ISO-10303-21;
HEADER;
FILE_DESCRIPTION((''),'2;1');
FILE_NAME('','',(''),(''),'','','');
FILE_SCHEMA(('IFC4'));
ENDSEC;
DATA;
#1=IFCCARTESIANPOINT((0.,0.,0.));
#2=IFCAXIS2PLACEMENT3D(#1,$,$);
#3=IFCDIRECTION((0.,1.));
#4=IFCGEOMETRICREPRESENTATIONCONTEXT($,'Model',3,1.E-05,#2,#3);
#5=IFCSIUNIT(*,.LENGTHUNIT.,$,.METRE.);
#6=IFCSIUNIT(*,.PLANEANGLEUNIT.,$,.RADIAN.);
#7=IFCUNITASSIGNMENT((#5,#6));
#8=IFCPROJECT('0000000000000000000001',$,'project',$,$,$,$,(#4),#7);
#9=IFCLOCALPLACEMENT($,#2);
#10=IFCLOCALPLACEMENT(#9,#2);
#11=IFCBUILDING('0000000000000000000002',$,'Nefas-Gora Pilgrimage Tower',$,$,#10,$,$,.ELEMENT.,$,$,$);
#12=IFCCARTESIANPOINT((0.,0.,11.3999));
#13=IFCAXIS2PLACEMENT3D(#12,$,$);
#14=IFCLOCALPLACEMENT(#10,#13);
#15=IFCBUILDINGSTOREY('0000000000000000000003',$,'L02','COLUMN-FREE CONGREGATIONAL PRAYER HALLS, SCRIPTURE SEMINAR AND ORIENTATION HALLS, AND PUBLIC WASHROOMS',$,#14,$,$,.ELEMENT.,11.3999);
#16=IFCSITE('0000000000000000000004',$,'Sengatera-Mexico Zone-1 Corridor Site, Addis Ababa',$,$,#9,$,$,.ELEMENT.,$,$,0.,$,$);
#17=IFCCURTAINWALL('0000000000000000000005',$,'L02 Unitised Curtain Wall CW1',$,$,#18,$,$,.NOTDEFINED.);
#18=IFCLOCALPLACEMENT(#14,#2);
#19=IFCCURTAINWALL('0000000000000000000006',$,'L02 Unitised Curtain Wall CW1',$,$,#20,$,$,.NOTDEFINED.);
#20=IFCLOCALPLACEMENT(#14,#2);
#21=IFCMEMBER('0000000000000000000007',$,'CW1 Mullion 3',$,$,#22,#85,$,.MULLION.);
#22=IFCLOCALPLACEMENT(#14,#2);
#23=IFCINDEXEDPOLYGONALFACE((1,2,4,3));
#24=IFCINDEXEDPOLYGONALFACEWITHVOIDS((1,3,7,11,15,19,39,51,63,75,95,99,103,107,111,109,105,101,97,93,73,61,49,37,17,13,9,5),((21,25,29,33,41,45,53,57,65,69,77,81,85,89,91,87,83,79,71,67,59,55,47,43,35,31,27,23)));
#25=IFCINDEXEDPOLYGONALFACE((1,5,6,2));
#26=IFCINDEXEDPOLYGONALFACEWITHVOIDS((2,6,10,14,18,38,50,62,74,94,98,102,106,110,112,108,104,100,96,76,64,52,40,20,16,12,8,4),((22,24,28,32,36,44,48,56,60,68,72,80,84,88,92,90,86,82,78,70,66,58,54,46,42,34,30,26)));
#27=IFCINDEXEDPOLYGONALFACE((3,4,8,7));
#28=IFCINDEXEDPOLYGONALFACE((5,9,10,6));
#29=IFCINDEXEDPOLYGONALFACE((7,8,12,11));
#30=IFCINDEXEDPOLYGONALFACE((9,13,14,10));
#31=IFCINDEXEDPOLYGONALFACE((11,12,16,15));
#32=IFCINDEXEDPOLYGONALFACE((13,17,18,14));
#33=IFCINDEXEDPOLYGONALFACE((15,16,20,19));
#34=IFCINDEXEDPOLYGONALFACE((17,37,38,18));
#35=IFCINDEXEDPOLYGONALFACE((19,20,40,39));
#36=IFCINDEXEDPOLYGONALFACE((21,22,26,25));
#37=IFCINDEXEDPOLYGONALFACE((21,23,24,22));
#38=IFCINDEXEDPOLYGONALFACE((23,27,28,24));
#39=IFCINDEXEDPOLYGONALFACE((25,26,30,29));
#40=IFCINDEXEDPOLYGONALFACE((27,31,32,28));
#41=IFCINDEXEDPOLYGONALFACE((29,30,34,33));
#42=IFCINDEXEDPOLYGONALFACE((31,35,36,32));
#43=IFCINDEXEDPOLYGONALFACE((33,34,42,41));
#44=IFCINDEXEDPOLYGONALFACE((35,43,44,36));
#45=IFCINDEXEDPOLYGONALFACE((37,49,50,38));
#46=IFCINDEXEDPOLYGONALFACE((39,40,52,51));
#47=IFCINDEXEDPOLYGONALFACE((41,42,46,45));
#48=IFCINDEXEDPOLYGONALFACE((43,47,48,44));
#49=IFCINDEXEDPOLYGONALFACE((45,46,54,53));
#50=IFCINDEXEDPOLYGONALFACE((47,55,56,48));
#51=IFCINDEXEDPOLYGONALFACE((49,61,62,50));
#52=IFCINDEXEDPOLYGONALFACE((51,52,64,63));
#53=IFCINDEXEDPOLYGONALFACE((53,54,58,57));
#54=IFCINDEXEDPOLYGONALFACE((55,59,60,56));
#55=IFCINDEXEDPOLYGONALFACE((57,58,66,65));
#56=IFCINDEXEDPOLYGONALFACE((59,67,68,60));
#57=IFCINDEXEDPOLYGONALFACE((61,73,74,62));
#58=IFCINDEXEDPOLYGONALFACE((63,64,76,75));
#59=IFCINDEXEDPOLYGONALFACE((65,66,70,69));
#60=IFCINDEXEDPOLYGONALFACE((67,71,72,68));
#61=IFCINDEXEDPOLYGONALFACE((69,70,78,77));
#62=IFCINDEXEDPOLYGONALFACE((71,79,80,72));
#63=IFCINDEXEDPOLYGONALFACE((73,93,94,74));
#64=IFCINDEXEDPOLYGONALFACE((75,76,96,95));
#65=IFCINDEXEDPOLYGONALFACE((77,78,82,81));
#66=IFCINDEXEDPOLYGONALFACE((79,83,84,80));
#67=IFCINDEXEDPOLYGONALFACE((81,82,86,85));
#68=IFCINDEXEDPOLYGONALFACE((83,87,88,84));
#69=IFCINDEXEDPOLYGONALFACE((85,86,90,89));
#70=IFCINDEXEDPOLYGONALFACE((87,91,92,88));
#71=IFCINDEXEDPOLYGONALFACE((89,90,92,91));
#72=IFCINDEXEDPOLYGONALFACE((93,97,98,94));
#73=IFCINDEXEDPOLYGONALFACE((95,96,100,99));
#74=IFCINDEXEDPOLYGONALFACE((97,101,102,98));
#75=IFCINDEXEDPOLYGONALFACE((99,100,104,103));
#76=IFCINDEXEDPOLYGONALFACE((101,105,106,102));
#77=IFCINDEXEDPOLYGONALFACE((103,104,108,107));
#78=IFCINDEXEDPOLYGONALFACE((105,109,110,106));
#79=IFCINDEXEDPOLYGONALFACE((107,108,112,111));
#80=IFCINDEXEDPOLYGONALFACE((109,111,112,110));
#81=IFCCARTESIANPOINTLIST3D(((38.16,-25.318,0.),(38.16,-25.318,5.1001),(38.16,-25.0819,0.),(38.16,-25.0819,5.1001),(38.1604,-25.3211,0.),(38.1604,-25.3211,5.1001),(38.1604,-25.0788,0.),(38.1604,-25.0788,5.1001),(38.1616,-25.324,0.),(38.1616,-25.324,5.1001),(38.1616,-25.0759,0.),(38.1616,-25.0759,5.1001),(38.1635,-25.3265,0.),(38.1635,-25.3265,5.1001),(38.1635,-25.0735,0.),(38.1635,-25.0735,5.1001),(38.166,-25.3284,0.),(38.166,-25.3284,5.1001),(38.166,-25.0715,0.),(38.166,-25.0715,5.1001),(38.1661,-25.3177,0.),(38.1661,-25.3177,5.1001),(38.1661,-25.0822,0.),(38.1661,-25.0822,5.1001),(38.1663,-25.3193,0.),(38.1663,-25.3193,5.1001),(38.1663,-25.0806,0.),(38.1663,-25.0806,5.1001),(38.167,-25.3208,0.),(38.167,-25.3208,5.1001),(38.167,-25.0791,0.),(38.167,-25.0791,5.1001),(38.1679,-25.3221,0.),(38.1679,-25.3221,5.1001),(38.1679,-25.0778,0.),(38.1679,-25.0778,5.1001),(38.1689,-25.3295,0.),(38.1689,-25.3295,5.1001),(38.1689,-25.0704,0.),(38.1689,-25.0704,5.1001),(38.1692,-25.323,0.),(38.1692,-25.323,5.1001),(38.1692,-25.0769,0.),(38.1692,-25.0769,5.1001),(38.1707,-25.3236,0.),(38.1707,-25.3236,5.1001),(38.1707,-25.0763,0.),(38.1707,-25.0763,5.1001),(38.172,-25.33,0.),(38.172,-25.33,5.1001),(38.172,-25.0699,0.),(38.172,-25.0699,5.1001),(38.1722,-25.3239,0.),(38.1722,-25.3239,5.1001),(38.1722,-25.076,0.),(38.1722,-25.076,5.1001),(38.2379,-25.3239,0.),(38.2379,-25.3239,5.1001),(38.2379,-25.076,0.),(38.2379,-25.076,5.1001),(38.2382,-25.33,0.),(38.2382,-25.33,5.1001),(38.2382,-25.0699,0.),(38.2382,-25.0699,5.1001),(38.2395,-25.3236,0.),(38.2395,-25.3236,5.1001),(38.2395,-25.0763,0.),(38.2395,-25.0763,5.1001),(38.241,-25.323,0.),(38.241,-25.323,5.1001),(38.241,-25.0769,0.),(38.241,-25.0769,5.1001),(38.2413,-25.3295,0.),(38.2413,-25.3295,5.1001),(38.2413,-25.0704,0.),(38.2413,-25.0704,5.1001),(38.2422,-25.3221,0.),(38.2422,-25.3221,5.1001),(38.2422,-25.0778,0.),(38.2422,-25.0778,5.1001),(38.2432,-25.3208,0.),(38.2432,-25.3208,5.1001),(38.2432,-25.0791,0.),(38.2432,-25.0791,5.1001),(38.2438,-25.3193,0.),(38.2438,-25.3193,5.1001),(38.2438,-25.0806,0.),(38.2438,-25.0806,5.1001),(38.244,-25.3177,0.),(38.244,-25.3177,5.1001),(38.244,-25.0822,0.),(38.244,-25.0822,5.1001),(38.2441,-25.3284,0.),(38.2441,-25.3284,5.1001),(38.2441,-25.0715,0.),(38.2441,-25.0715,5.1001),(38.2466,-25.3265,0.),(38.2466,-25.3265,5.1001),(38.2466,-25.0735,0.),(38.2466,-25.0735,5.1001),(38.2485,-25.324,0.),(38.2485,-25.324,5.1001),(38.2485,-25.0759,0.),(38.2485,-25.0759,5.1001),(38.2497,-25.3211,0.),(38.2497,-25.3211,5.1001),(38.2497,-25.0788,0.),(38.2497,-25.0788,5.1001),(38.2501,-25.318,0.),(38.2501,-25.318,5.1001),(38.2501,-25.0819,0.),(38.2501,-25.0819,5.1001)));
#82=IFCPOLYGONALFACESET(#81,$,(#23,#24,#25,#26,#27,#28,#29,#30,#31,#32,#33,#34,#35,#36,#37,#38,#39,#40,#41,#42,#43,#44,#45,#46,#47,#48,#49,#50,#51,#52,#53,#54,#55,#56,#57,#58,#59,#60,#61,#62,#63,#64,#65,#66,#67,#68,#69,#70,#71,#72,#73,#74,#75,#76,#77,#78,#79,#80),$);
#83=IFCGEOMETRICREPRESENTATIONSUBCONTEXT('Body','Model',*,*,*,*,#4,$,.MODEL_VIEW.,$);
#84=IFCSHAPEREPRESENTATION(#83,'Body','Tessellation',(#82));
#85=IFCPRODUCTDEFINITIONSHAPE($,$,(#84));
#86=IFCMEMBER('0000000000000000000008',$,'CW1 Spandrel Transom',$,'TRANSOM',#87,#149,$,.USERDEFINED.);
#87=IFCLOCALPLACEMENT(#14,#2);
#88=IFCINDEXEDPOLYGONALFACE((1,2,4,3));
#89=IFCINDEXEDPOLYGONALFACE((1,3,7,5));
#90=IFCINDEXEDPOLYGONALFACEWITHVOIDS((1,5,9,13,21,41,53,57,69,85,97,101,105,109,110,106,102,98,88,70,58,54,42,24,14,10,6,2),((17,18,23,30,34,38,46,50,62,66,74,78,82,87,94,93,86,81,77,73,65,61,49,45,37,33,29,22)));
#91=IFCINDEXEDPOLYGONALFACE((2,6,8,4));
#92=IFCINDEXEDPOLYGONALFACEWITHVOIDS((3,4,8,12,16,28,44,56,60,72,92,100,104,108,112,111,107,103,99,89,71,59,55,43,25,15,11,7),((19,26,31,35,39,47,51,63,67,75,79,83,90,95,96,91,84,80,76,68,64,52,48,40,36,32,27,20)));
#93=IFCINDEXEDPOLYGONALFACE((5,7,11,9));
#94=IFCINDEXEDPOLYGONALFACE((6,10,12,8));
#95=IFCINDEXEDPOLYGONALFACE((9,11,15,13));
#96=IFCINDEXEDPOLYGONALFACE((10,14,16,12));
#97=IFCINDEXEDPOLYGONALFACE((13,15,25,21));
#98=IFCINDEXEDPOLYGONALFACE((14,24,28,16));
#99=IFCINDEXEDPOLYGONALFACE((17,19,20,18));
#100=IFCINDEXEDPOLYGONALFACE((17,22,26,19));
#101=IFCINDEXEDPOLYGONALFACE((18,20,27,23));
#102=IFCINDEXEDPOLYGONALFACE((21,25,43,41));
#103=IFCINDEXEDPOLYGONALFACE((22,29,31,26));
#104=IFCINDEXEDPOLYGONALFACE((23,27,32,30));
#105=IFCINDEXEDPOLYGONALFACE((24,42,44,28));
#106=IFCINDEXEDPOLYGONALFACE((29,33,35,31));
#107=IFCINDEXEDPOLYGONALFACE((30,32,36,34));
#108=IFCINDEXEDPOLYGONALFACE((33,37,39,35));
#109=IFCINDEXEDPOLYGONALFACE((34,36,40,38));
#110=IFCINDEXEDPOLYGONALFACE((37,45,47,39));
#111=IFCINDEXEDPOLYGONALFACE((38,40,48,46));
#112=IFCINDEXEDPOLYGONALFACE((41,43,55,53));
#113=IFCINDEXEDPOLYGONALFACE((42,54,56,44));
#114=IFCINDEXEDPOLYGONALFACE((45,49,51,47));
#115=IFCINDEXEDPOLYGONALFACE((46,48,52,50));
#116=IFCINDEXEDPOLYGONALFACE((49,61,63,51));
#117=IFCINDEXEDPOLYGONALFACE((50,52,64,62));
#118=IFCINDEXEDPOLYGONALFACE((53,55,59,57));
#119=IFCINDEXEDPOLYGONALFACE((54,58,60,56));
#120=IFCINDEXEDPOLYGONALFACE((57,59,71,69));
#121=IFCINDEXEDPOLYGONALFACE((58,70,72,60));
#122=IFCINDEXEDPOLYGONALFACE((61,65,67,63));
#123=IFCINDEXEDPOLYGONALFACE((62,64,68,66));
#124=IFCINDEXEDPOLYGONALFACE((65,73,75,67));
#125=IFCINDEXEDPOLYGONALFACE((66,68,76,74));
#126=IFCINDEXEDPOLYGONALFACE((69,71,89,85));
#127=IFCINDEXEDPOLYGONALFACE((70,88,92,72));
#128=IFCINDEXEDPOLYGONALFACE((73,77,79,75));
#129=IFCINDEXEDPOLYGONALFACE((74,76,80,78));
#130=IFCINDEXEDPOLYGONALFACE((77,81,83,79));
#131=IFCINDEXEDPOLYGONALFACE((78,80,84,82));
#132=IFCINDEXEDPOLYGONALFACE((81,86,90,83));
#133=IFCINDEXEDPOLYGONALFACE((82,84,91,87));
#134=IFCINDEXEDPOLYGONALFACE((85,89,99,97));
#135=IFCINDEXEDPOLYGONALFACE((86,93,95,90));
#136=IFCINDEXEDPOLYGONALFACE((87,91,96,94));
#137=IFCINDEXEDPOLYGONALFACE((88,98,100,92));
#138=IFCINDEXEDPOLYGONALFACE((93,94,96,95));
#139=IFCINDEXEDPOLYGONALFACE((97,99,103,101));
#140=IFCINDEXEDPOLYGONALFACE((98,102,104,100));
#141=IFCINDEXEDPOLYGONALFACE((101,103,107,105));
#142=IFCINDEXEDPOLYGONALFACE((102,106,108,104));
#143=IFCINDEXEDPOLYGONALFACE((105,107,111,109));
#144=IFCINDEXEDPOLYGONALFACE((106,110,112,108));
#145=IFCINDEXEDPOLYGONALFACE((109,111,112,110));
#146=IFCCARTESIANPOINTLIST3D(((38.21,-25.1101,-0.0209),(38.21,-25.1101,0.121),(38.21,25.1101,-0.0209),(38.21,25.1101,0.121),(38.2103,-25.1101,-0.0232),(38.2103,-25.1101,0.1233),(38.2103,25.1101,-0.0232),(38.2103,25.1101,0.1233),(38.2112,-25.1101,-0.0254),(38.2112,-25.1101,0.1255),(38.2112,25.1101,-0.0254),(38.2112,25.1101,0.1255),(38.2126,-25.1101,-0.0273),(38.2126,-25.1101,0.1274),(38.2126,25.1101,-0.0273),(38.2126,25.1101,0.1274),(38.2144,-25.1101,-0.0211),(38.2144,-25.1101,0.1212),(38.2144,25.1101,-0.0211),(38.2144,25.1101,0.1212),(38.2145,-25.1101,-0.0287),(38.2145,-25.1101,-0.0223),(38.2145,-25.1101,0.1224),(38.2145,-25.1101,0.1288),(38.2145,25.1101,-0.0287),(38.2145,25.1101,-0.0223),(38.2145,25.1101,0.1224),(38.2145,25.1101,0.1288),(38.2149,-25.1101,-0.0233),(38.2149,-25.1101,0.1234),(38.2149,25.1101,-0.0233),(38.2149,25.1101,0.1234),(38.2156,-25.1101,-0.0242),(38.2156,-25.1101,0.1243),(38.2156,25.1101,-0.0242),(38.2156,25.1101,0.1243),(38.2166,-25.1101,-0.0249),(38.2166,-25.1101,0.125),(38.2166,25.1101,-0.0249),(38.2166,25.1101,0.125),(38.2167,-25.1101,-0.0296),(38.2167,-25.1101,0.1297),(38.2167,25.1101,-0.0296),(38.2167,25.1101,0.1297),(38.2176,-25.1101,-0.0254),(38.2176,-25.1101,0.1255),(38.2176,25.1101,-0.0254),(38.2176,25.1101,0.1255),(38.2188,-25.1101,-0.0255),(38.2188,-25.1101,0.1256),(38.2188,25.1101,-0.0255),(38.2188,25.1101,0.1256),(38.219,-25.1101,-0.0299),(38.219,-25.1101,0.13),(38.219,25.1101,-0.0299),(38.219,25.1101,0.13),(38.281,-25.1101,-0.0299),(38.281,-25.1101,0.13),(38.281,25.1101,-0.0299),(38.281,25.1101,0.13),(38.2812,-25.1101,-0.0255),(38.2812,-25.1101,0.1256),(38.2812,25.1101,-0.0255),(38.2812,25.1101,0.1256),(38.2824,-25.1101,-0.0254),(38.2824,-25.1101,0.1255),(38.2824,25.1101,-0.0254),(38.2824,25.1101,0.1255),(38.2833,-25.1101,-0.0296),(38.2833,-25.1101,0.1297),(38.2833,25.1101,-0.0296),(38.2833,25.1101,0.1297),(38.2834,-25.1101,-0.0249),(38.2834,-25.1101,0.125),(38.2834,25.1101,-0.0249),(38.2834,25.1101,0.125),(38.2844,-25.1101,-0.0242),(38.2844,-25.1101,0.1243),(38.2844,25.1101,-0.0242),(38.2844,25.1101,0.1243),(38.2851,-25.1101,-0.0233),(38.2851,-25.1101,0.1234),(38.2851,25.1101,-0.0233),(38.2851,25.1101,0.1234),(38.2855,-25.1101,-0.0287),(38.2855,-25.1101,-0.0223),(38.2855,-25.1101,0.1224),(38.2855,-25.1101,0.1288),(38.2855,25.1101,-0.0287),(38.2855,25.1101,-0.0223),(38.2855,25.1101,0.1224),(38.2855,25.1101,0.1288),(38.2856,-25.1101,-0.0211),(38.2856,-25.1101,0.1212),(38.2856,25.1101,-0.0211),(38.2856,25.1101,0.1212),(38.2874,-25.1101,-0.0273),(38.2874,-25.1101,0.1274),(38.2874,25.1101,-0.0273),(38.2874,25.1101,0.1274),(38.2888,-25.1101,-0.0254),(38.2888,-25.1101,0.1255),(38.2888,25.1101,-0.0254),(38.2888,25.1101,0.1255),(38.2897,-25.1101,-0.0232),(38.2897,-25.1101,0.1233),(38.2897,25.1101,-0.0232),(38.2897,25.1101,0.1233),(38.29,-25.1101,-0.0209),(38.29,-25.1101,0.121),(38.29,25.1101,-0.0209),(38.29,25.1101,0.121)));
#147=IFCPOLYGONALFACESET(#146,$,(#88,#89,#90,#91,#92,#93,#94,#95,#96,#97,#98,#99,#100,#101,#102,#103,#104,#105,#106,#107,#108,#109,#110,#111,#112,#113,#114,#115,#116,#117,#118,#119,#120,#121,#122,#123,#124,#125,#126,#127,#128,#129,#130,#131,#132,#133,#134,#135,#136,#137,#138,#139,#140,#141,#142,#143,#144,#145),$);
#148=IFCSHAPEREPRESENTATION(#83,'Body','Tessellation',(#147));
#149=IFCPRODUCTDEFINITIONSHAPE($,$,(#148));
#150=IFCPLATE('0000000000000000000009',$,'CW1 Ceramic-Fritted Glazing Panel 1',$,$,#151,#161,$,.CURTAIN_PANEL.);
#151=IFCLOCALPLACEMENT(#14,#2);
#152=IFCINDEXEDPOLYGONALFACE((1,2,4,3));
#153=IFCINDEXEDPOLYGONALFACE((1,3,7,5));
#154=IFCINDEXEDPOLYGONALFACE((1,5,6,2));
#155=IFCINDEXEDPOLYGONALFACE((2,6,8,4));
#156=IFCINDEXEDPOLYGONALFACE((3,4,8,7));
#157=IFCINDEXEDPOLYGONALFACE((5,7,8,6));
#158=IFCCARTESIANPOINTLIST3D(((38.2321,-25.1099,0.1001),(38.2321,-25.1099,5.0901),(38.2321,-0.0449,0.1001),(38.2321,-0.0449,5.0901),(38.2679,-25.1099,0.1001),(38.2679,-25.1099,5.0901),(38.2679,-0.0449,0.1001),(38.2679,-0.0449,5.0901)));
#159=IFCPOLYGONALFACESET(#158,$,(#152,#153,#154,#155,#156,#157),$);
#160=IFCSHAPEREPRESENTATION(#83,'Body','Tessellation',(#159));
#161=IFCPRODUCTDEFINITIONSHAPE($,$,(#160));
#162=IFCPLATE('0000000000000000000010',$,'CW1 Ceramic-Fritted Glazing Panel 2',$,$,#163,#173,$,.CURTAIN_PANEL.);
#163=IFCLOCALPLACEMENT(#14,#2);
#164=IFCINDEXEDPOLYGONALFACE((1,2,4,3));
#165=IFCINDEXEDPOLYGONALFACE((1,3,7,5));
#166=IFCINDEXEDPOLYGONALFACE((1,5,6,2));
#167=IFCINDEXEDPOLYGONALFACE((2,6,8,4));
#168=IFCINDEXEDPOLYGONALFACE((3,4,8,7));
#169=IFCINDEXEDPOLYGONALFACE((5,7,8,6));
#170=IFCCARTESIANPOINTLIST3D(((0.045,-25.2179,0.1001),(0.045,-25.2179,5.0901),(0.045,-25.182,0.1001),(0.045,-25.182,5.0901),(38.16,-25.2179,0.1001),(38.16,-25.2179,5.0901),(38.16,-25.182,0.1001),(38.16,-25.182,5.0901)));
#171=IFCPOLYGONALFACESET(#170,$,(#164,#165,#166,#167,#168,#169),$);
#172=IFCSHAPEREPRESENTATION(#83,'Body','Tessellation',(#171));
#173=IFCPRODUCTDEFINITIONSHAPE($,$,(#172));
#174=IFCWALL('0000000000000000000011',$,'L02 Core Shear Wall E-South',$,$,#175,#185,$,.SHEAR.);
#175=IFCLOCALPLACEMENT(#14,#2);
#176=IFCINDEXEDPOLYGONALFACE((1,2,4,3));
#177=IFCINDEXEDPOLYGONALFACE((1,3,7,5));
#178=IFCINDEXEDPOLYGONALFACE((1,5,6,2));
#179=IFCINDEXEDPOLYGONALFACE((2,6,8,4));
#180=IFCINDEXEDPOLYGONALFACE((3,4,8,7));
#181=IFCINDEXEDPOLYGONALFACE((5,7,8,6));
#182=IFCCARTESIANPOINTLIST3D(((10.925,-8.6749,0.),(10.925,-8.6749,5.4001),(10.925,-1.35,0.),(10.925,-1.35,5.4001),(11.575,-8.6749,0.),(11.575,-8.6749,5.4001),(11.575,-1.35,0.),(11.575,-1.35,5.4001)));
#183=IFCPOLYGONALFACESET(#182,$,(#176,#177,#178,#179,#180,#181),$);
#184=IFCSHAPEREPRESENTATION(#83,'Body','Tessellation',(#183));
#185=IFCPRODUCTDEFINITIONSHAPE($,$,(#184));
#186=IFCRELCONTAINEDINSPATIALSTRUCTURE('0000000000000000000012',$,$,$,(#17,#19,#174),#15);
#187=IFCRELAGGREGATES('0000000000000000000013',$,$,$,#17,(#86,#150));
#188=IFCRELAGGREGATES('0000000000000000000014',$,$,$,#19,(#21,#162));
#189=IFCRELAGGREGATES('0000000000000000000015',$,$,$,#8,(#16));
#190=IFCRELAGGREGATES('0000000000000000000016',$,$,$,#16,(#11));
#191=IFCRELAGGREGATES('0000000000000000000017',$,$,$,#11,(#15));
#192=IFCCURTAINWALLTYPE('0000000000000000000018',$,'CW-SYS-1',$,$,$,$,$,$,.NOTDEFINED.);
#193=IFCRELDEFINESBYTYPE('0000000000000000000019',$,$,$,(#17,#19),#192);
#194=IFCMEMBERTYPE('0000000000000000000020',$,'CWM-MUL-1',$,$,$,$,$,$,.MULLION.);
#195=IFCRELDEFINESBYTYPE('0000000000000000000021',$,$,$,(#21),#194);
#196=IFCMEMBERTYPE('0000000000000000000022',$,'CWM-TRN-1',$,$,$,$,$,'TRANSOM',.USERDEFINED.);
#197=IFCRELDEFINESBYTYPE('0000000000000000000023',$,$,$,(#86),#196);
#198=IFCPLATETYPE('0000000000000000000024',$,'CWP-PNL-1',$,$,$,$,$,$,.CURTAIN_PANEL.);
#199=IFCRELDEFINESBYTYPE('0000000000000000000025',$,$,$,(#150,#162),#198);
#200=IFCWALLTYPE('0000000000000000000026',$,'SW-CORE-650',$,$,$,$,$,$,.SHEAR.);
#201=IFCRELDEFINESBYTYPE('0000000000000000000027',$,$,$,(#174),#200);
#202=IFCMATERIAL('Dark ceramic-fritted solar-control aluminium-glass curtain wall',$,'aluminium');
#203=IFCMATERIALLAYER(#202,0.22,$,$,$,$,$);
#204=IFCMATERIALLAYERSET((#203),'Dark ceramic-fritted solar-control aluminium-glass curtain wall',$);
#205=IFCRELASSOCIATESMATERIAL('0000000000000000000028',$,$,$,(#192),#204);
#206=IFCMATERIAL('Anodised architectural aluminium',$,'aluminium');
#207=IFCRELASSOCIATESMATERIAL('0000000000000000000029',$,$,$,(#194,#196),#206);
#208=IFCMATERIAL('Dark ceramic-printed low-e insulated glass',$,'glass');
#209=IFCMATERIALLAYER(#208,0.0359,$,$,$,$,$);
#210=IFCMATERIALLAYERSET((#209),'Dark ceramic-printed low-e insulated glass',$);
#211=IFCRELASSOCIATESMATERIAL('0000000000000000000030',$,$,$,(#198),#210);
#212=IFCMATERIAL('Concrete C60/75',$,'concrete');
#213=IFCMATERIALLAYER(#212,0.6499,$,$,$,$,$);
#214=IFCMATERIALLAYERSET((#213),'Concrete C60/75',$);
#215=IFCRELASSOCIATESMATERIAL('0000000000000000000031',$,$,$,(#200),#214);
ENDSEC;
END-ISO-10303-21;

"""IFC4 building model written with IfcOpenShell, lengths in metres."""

from ifc_helpers import new_model, si_unit, direction, frame, frame_2d, origin, origin_2d, place, context, subcontext, project, spatial, rectangle, hollow_rectangle, extrude, source, transform, mapped, material, layer, layer_set, material_profile, profile_set, type_object, element, aggregate, save


model = new_model("IFC4")

# Units and contexts
model_context = context("Model", 3, precision=1e-05, world=origin(), true_north=direction((0.0, 1.0)))
body_context = subcontext(model_context, "Body", "Model", "MODEL_VIEW")
ifc_project = project(units=[si_unit("LENGTHUNIT", "METRE"), si_unit("PLANEANGLEUNIT", "RADIAN")], contexts=[model_context])

# Site, building, storey
site_placement = place(None, origin())
site = spatial("IfcSite", under=ifc_project, at=site_placement, Name="Sengatera-Mexico Zone-1 Corridor Site, Addis Ababa", CompositionType="ELEMENT", RefElevation=0.0)
building_placement = place(site_placement, origin())
building = spatial("IfcBuilding", under=site, at=building_placement, Name="Nefas-Gora Pilgrimage Tower", CompositionType="ELEMENT")
storey_placement = place(building_placement, frame((0.0, 0.0, 11.3999)))
storey = spatial("IfcBuildingStorey", under=building, at=storey_placement, Name="L02", Description="COLUMN-FREE CONGREGATIONAL PRAYER HALLS, SCRIPTURE SEMINAR AND ORIENTATION HALLS, AND PUBLIC WASHROOMS", CompositionType="ELEMENT", Elevation=11.3999)

# Shared definitions
ifc_material_1 = material(Name="Concrete C60/75", Category="concrete")

# Curtain walls, member
ifc_material_2 = material(Name="Dark ceramic-fritted solar-control aluminium-glass curtain wall", Category="aluminium")
ifc_layer_1 = layer(ifc_material_2, 0.22)
ifc_layer_set_1 = layer_set([ifc_layer_1], Name="Dark ceramic-fritted solar-control aluminium-glass curtain wall")
curtain_wall_type = type_object("IfcCurtainWallType", Name="CW-SYS-1", PredefinedType="NOTDEFINED", material=ifc_layer_set_1)
curtain_wall_1_placement = place(storey_placement, origin())
curtain_wall_1 = element("IfcCurtainWall", 1, at=curtain_wall_1_placement, inside=storey, type_object=curtain_wall_type, Name="L02 Unitised Curtain Wall CW1", PredefinedType="NOTDEFINED")
ifc_material_3 = material(Name="Anodised architectural aluminium", Category="aluminium")
ifc_material_profile_1 = material_profile(ifc_material_3, hollow_rectangle(XDim=0.0901, YDim=0.26, WallThickness=0.0061, InnerFilletRadius=0.0061, OuterFilletRadius=0.012, at=origin_2d()), Name="ALU MULLION 90x260")
ifc_profile_set_1 = profile_set([ifc_material_profile_1], Name="Anodised architectural aluminium")
member_type_1 = type_object("IfcMemberType", Name="CWM-MUL-1", PredefinedType="MULLION", material=ifc_profile_set_1)
shared_shape_1 = source(origin(), body_context, "Body", "SweptSolid", [
    extrude(hollow_rectangle(XDim=0.0901, YDim=0.26, WallThickness=0.0061, InnerFilletRadius=0.0061, OuterFilletRadius=0.012, at=origin_2d()), origin(), (0.0, 0.0, 1.0), 5.1001),
])
curtain_wall_2_placement = place(storey_placement, origin())
curtain_wall_2 = element("IfcCurtainWall", 2, at=curtain_wall_2_placement, inside=storey, type_object=curtain_wall_type, Name="L02 Unitised Curtain Wall CW1", PredefinedType="NOTDEFINED")
member_1_placement = place(storey_placement, frame((38.2051, -25.2, 0.0), z_axis=(0.0, 0.0, 1.0), x_axis=(1.0, 0.0, 0.0)))
member_1 = element("IfcMember", 3, at=member_1_placement, type_object=member_type_1, Name="CW1 Mullion 3", PredefinedType="MULLION", context=body_context, shape_type="MappedRepresentation", body=[
    mapped(shared_shape_1, transform((0.0, 0.0, 0.0), x_axis=(1.0, 0.0, 0.0), y_axis=(0.0, 1.0, 0.0), z_axis=(0.0, 0.0, 1.0), scale=1.0)),
])

# Member
ifc_material_profile_2 = material_profile(ifc_material_3, hollow_rectangle(XDim=0.0801, YDim=0.1599, WallThickness=0.0044, InnerFilletRadius=0.0044, OuterFilletRadius=0.009, at=origin_2d()), Name="ALU TRANSOM 80x160")
ifc_profile_set_2 = profile_set([ifc_material_profile_2], Name="Anodised architectural aluminium")
member_type_2 = type_object("IfcMemberType", Name="CWM-TRN-1", ElementType="TRANSOM", PredefinedType="USERDEFINED", material=ifc_profile_set_2)
shared_shape_2 = source(origin(), body_context, "Body", "SweptSolid", [
    extrude(hollow_rectangle(XDim=0.0801, YDim=0.1599, WallThickness=0.0044, InnerFilletRadius=0.0044, OuterFilletRadius=0.009, at=origin_2d()), origin(), (0.0, 0.0, 1.0), 50.2202),
])
member_2_placement = place(storey_placement, frame((38.25, -25.1101, 0.05), z_axis=(0.0, 1.0, 0.0), x_axis=(-1.0, 0.0, 0.0)))
member_2 = element("IfcMember", 4, at=member_2_placement, type_object=member_type_2, Name="CW1 Spandrel Transom", ObjectType="TRANSOM", PredefinedType="USERDEFINED", context=body_context, shape_type="MappedRepresentation", body=[
    mapped(shared_shape_2, transform((0.0, 0.0, 0.0), x_axis=(1.0, 0.0, 0.0), y_axis=(0.0, 1.0, 0.0), z_axis=(0.0, 0.0, 1.0), scale=1.0)),
])

# Plates
ifc_material_4 = material(Name="Dark ceramic-printed low-e insulated glass", Category="glass")
ifc_layer_2 = layer(ifc_material_4, 0.0359)
ifc_layer_set_2 = layer_set([ifc_layer_2], Name="Dark ceramic-printed low-e insulated glass")
plate_type = type_object("IfcPlateType", Name="CWP-PNL-1", PredefinedType="CURTAIN_PANEL", material=ifc_layer_set_2)
shared_shape_3 = source(origin(), body_context, "Body", "SweptSolid", [
    extrude(rectangle(XDim=25.0649, YDim=0.0359, at=origin_2d()), origin(), (0.0, 0.0, 1.0), 4.99),
])
plate_1_placement = place(storey_placement, frame((38.25, -12.5774, 0.1001), z_axis=(0.0, 0.0, 1.0), x_axis=(0.0, 1.0, 0.0)))
plate_1 = element("IfcPlate", 5, at=plate_1_placement, type_object=plate_type, Name="CW1 Ceramic-Fritted Glazing Panel 1", PredefinedType="CURTAIN_PANEL", context=body_context, shape_type="MappedRepresentation", body=[
    mapped(shared_shape_3, transform((0.0, 0.0, 0.0), x_axis=(1.0, 0.0, 0.0), y_axis=(0.0, 1.0, 0.0), z_axis=(0.0, 0.0, 1.0), scale=1.0)),
])
aggregate(curtain_wall_1, [member_2, plate_1])
shared_shape_4 = source(origin(), body_context, "Body", "SweptSolid", [
    extrude(rectangle(XDim=38.115, YDim=0.0359, at=origin_2d()), origin(), (0.0, 0.0, 1.0), 4.99),
])
plate_2_placement = place(storey_placement, frame((19.1025, -25.2, 0.1001), z_axis=(0.0, 0.0, 1.0), x_axis=(1.0, 0.0, 0.0)))
plate_2 = element("IfcPlate", 6, at=plate_2_placement, type_object=plate_type, Name="CW1 Ceramic-Fritted Glazing Panel 2", PredefinedType="CURTAIN_PANEL", context=body_context, shape_type="MappedRepresentation", body=[
    mapped(shared_shape_4, transform((0.0, 0.0, 0.0), x_axis=(1.0, 0.0, 0.0), y_axis=(0.0, 1.0, 0.0), z_axis=(0.0, 0.0, 1.0), scale=1.0)),
])
aggregate(curtain_wall_2, [member_1, plate_2])

# Wall
ifc_layer_3 = layer(ifc_material_1, 0.6499)
ifc_layer_set_3 = layer_set([ifc_layer_3], Name="Concrete C60/75")
wall_type_1 = type_object("IfcWallType", Name="SW-CORE-650", PredefinedType="SHEAR", material=ifc_layer_set_3)
shared_shape_5 = source(origin(), body_context, "Body", "SweptSolid", [
    extrude(rectangle(XDim=7.325, YDim=0.6499, at=frame_2d((3.6626, 0.0))), origin(), (0.0, 0.0, 1.0), 5.4001),
])
wall_1_placement = place(storey_placement, frame((11.25, -8.675, 0.0), z_axis=(0.0, 0.0, 1.0), x_axis=(0.0, 1.0, 0.0)))
element("IfcWall", 7, at=wall_1_placement, inside=storey, type_object=wall_type_1, Name="L02 Core Shear Wall E-South", PredefinedType="SHEAR", context=body_context, shape_type="MappedRepresentation", body=[
    mapped(shared_shape_5, transform((0.0, 0.0, 0.0), x_axis=(1.0, 0.0, 0.0), y_axis=(0.0, 1.0, 0.0), z_axis=(0.0, 0.0, 1.0), scale=1.0)),
])

save(model, "model.ifc")
